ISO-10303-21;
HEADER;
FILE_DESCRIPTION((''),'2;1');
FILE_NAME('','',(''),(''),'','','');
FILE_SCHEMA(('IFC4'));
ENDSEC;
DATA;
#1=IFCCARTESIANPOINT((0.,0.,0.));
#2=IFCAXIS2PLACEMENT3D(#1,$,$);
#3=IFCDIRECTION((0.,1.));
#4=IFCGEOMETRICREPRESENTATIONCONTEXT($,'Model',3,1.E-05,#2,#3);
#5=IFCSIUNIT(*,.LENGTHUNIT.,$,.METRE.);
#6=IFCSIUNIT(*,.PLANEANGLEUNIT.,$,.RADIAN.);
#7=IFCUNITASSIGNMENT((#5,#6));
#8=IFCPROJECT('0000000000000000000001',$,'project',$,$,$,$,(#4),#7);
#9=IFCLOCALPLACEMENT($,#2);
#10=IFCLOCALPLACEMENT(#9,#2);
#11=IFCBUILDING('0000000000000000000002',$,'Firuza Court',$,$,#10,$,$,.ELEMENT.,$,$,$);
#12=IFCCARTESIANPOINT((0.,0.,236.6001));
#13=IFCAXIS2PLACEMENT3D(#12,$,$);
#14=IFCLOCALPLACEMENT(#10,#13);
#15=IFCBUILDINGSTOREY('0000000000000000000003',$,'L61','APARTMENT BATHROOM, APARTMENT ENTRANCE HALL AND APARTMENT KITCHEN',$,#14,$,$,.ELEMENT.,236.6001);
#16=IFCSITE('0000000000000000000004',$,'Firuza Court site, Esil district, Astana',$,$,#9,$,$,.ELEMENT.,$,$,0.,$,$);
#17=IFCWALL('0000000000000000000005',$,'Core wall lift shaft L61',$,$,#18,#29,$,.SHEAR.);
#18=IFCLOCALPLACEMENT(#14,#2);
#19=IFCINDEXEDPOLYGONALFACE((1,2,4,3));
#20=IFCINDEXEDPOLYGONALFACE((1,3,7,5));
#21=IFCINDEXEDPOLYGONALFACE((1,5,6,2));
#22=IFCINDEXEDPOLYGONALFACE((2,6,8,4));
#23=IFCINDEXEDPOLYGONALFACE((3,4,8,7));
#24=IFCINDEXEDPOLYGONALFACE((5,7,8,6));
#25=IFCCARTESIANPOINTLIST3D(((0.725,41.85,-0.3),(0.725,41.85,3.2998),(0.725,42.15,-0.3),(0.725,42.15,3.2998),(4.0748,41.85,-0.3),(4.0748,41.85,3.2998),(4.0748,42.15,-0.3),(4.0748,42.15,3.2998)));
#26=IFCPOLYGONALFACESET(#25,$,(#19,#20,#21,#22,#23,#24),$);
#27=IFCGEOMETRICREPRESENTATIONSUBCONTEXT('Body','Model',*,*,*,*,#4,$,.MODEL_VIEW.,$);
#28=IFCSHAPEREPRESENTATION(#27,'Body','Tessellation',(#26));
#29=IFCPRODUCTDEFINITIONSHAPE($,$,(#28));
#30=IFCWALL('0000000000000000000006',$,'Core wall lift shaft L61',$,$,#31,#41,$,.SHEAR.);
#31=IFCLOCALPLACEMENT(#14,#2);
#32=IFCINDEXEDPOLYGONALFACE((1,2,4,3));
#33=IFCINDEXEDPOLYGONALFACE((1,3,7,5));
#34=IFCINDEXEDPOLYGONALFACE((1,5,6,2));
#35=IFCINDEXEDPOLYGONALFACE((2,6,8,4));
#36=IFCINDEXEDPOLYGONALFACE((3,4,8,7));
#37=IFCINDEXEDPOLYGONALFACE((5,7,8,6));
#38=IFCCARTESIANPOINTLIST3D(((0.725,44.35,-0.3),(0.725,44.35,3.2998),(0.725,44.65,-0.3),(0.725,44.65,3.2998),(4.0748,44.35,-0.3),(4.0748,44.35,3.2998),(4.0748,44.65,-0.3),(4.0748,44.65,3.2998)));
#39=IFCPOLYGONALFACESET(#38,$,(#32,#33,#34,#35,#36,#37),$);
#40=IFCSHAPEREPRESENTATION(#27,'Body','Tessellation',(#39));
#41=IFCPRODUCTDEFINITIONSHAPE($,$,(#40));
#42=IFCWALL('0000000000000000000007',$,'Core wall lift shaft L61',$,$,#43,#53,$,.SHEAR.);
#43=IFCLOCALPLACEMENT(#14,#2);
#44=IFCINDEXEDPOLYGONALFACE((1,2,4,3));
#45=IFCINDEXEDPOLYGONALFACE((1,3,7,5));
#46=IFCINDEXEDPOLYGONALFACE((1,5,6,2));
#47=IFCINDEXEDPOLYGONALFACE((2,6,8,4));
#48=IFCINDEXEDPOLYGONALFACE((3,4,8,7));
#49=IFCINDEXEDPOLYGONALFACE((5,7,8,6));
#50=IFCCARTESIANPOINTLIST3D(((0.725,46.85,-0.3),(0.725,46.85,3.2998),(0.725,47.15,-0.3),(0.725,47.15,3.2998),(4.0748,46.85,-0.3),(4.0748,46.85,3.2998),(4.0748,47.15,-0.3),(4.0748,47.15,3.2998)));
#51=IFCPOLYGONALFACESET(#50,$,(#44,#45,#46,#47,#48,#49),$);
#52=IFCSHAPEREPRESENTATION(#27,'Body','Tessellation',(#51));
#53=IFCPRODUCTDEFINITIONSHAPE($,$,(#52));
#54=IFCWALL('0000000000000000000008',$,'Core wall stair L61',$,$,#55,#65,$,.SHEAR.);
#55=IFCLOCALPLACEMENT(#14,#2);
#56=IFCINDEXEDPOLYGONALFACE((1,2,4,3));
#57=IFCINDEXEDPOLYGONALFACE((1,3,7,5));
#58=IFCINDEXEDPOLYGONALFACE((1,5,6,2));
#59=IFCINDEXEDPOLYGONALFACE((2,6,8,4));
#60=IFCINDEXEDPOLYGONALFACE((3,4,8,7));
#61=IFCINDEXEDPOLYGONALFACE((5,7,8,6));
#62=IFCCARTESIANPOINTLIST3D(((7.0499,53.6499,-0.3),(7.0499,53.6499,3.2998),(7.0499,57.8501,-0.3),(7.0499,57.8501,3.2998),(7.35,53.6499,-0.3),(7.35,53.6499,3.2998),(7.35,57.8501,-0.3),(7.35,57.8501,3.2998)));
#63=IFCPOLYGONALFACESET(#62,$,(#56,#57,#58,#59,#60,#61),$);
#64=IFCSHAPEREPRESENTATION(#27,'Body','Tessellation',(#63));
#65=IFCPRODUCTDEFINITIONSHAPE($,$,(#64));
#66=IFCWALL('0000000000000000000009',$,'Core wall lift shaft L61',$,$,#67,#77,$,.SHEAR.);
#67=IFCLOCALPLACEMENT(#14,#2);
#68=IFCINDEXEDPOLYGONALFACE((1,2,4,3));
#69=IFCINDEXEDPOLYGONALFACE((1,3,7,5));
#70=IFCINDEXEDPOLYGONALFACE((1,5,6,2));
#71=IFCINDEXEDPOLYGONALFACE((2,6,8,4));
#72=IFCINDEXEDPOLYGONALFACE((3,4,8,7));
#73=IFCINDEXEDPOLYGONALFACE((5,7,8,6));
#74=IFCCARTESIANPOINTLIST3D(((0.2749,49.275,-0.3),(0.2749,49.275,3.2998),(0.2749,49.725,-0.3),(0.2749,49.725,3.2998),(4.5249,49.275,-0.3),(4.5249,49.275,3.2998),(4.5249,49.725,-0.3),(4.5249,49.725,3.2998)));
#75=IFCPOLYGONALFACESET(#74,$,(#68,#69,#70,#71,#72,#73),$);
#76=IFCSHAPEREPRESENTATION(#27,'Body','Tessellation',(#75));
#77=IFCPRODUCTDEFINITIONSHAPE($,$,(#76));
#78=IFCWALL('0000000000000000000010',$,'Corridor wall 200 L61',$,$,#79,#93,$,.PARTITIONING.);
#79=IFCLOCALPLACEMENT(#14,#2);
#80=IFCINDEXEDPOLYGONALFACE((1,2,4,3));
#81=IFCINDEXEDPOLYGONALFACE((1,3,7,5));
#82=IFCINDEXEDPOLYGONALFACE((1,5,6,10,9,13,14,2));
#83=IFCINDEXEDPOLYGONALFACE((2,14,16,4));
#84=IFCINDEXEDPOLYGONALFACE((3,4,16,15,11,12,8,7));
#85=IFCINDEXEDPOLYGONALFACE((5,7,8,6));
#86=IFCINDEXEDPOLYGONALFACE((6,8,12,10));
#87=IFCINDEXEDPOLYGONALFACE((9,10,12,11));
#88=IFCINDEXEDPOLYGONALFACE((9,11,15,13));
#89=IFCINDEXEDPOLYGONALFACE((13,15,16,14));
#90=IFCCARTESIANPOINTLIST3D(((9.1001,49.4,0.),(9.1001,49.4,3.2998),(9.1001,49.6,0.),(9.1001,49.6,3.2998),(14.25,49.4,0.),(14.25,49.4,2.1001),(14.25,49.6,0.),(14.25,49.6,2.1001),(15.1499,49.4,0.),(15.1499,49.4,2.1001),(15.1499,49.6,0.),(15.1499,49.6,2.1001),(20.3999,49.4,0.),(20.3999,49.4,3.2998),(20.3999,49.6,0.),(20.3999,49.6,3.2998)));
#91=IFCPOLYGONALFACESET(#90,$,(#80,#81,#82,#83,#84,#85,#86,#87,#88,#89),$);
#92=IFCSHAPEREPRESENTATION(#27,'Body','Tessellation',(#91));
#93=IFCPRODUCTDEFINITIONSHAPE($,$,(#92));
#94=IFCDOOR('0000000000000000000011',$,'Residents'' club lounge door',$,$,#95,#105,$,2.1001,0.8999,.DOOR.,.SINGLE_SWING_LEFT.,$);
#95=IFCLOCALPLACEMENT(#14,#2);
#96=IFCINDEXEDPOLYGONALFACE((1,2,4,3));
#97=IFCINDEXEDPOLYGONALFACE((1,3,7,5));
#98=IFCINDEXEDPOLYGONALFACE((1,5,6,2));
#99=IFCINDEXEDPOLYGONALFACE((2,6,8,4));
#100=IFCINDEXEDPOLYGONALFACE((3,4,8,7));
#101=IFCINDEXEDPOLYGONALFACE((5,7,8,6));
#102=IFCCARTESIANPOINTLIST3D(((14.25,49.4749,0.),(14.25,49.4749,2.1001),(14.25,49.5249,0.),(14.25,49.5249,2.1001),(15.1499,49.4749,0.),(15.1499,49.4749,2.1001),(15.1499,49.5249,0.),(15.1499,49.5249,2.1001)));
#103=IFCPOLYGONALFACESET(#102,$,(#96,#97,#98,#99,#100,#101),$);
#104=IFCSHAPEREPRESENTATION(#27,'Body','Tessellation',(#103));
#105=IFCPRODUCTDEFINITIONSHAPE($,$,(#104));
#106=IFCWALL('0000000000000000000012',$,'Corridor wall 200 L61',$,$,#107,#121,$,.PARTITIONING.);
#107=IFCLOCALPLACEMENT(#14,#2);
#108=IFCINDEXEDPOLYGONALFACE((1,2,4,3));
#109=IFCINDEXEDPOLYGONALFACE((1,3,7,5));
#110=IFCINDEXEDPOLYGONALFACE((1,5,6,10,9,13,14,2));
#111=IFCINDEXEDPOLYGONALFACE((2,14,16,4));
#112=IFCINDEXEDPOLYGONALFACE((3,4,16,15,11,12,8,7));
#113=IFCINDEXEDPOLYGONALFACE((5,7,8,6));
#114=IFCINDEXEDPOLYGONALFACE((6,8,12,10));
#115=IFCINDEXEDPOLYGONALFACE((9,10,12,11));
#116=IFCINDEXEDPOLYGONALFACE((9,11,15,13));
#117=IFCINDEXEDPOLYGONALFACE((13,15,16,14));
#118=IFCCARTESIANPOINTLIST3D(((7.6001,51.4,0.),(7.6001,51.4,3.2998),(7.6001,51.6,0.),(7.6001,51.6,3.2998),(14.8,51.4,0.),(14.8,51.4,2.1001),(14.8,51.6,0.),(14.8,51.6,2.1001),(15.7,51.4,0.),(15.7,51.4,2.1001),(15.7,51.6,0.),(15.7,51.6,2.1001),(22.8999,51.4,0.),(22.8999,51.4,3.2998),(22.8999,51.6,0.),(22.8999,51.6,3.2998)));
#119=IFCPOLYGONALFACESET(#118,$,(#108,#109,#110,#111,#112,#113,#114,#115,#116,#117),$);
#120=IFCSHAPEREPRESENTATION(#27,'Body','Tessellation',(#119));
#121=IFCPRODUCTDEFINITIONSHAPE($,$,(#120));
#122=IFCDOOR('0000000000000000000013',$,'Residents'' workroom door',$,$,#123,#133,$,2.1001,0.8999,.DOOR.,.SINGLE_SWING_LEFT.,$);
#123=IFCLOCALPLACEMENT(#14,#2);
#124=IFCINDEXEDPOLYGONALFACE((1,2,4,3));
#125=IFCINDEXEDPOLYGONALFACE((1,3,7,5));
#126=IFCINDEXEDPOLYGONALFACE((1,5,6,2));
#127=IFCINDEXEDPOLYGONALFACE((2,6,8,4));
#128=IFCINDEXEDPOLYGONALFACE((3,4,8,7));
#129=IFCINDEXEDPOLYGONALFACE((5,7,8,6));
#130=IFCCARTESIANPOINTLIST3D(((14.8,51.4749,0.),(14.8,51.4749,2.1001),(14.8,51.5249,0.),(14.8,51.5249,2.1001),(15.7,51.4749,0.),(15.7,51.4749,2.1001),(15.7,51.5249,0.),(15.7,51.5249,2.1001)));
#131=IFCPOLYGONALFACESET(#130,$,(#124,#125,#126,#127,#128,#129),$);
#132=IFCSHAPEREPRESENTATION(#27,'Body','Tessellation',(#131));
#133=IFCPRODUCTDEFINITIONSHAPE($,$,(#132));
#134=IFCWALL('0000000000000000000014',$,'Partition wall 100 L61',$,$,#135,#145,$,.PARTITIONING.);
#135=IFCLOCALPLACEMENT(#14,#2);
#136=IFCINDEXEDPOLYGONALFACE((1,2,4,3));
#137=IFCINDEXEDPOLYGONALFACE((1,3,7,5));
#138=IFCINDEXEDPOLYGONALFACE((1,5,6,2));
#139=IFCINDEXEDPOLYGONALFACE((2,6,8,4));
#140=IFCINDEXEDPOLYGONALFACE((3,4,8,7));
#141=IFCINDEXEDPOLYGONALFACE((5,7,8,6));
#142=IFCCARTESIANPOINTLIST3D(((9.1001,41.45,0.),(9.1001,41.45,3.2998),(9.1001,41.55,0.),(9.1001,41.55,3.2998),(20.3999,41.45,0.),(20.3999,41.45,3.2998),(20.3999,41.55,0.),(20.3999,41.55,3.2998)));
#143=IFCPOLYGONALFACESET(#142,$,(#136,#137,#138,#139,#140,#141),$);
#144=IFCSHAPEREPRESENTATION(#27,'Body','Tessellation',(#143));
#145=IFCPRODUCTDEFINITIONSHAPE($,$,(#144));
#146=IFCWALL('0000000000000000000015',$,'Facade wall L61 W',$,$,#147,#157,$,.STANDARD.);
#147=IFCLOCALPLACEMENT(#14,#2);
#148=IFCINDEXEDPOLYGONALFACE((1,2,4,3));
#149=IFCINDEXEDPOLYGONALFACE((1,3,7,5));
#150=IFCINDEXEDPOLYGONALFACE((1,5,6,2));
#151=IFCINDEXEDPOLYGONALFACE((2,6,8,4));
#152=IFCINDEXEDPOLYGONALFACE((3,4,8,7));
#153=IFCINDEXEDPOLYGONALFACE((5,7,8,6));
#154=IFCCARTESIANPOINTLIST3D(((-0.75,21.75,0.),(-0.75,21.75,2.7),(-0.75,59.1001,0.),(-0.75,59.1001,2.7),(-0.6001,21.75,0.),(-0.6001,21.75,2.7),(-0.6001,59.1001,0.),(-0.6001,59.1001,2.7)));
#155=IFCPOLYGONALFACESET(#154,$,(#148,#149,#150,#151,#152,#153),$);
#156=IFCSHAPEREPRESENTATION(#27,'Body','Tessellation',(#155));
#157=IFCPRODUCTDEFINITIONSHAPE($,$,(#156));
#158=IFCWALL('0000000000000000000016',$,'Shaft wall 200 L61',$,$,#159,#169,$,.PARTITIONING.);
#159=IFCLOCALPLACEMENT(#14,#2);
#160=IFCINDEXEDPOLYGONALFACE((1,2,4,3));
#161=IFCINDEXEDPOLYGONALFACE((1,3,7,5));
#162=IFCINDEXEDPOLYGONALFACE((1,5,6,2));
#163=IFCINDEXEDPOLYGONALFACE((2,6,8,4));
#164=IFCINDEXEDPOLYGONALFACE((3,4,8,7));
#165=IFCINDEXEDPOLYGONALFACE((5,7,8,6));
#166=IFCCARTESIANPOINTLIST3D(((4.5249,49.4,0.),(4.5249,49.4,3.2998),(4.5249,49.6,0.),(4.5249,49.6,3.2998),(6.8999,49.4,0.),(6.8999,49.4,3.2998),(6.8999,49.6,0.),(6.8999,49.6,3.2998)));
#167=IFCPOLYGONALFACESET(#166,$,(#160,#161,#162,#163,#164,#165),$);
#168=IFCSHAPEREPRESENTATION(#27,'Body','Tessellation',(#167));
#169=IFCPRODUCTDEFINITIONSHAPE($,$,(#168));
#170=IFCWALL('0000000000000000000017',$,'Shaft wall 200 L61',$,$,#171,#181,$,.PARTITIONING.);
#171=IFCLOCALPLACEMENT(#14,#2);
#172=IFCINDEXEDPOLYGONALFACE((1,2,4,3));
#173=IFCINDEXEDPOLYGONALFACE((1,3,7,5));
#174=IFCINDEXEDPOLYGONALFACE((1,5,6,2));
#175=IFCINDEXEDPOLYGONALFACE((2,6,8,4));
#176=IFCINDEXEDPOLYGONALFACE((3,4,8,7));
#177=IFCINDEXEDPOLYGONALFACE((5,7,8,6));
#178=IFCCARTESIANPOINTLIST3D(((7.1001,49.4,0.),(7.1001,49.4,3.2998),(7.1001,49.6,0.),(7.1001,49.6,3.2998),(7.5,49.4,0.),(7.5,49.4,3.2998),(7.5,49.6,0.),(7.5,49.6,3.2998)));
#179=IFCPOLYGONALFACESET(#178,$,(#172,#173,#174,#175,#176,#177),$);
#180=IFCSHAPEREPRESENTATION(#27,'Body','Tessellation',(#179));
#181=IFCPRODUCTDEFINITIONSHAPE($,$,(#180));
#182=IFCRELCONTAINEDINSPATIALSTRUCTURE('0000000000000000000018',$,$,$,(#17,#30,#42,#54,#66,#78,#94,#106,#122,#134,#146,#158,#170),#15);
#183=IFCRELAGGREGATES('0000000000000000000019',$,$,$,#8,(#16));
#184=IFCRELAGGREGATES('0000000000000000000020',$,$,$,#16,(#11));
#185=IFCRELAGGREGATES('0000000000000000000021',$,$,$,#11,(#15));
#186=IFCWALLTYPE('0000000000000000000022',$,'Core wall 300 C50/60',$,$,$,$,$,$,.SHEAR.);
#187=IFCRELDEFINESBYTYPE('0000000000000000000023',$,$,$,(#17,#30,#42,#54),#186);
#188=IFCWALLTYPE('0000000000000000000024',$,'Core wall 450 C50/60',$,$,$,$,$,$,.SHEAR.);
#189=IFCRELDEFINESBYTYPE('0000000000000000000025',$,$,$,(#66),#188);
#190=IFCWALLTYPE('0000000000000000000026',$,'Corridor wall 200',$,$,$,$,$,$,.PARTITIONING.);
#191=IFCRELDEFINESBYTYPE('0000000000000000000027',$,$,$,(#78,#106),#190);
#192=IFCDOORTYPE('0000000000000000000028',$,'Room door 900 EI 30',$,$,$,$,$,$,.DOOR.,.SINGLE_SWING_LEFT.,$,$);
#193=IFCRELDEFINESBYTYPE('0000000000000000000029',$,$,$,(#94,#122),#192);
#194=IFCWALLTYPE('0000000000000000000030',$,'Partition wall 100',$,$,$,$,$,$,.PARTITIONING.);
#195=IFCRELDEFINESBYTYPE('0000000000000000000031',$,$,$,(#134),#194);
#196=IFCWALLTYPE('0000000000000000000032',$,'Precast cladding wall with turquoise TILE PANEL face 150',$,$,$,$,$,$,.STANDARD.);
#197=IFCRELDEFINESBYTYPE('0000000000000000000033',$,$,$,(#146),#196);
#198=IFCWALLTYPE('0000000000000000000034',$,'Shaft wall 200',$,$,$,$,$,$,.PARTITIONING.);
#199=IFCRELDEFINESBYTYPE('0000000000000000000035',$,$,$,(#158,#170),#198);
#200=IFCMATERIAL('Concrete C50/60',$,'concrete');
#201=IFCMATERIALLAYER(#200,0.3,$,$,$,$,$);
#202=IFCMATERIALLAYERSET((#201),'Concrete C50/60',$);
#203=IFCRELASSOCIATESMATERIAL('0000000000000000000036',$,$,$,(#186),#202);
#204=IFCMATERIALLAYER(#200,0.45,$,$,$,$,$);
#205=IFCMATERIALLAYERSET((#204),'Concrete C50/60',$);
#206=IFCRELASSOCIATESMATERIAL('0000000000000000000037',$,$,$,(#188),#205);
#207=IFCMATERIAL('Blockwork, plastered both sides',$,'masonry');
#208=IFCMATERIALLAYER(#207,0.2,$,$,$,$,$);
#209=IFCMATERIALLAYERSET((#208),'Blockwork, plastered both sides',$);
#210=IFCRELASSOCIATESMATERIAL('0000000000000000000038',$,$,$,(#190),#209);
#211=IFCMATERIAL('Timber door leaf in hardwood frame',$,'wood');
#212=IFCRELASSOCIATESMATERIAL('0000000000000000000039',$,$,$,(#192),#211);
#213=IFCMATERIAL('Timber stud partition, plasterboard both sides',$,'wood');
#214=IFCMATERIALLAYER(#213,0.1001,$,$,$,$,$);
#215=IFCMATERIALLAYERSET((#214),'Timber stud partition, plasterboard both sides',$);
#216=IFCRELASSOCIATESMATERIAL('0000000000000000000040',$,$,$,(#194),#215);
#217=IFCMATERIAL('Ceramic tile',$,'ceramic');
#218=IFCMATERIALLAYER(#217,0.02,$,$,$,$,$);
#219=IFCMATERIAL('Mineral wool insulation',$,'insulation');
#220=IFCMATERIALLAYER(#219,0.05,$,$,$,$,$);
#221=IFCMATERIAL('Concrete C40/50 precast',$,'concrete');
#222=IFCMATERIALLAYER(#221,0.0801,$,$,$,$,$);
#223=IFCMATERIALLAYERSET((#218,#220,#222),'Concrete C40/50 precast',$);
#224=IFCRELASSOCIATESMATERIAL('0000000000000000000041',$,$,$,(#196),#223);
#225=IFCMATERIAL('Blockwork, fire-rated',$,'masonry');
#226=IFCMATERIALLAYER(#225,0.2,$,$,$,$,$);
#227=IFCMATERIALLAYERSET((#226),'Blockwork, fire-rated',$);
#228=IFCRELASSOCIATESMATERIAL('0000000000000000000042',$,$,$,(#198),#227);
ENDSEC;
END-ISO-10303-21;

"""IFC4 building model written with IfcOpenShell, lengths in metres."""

from ifc_helpers import new_model, si_unit, direction, frame, frame_2d, origin, place, context, subcontext, project, spatial, rectangle, extrude, material, layer, layer_set, type_object, element, fill, save


model = new_model("IFC4")

# Units and contexts
model_context = context("Model", 3, precision=1e-05, world=origin(), true_north=direction((0.0, 1.0)))
body_context = subcontext(model_context, "Body", "Model", "MODEL_VIEW")
ifc_project = project(units=[si_unit("LENGTHUNIT", "METRE"), si_unit("PLANEANGLEUNIT", "RADIAN")], contexts=[model_context])

# Site, building, storey
site_placement = place(None, origin())
site = spatial("IfcSite", under=ifc_project, at=site_placement, Name="Firuza Court site, Esil district, Astana", CompositionType="ELEMENT", RefElevation=0.0)
building_placement = place(site_placement, origin())
building = spatial("IfcBuilding", under=site, at=building_placement, Name="Firuza Court", CompositionType="ELEMENT")
storey_placement = place(building_placement, frame((0.0, 0.0, 236.6001)))
storey = spatial("IfcBuildingStorey", under=building, at=storey_placement, Name="L61", Description="APARTMENT BATHROOM, APARTMENT ENTRANCE HALL AND APARTMENT KITCHEN", CompositionType="ELEMENT", Elevation=236.6001)

# Shared definitions
ifc_material_1 = material(Name="Concrete C50/60", Category="concrete")
ifc_layer_1 = layer(ifc_material_1, 0.3)
ifc_layer_set_1 = layer_set([ifc_layer_1], Name="Concrete C50/60")
wall_type_1 = type_object("IfcWallType", Name="Core wall 300 C50/60", PredefinedType="SHEAR", material=ifc_layer_set_1)

# Walls
for number, where, z_axis, x_axis, name in (
    (1, (0.7251, 42.0, -0.3), (0.0, 0.0, 1.0), (1.0, 0.0, 0.0), "Core wall lift shaft L61"),
    (2, (0.7251, 44.5, -0.3), (0.0, 0.0, 1.0), (1.0, 0.0, 0.0), "Core wall lift shaft L61"),
    (3, (0.7251, 47.0, -0.3), (0.0, 0.0, 1.0), (1.0, 0.0, 0.0), "Core wall lift shaft L61"),
):
    element("IfcWall", number, at=place(storey_placement, frame(where, z_axis=z_axis, x_axis=x_axis)), inside=storey, type_object=wall_type_1, Name=name, PredefinedType="SHEAR", context=body_context, shape_type="SweptSolid", body=[
        extrude(rectangle(XDim=3.3499, YDim=0.3, at=frame_2d((1.6748, 0.0))), origin(), (0.0, 0.0, 1.0), 3.5999),
    ])
wall_1_placement = place(storey_placement, frame((7.2, 53.6499, -0.3), z_axis=(0.0, 0.0, 1.0), x_axis=(0.0, 1.0, 0.0)))
element("IfcWall", 4, at=wall_1_placement, inside=storey, type_object=wall_type_1, Name="Core wall stair L61", PredefinedType="SHEAR", context=body_context, shape_type="SweptSolid", body=[
    extrude(rectangle(XDim=4.2002, YDim=0.3, at=frame_2d((2.1001, 0.0))), origin(), (0.0, 0.0, 1.0), 3.5999),
])
ifc_layer_2 = layer(ifc_material_1, 0.45)
ifc_layer_set_2 = layer_set([ifc_layer_2], Name="Concrete C50/60")
wall_type_2 = type_object("IfcWallType", Name="Core wall 450 C50/60", PredefinedType="SHEAR", material=ifc_layer_set_2)
wall_2_placement = place(storey_placement, frame((0.2749, 49.5, -0.3), z_axis=(0.0, 0.0, 1.0), x_axis=(1.0, 0.0, 0.0)))
element("IfcWall", 5, at=wall_2_placement, inside=storey, type_object=wall_type_2, Name="Core wall lift shaft L61", PredefinedType="SHEAR", context=body_context, shape_type="SweptSolid", body=[
    extrude(rectangle(XDim=4.25, YDim=0.45, at=frame_2d((2.125, 0.0))), origin(), (0.0, 0.0, 1.0), 3.5999),
])

# Walls, openings, doors
ifc_material_2 = material(Name="Blockwork, plastered both sides", Category="masonry")
ifc_layer_3 = layer(ifc_material_2, 0.2)
ifc_layer_set_3 = layer_set([ifc_layer_3], Name="Blockwork, plastered both sides")
wall_type_3 = type_object("IfcWallType", Name="Corridor wall 200", PredefinedType="PARTITIONING", material=ifc_layer_set_3)
wall_3_placement = place(storey_placement, frame((9.1001, 49.5, 0.0), z_axis=(0.0, 0.0, 1.0), x_axis=(1.0, 0.0, 0.0)))
wall_3 = element("IfcWall", 6, at=wall_3_placement, inside=storey, type_object=wall_type_3, Name="Corridor wall 200 L61", PredefinedType="PARTITIONING", context=body_context, shape_type="SweptSolid", body=[
    extrude(rectangle(XDim=11.2998, YDim=0.2, at=frame_2d((5.6499, 0.0))), origin(), (0.0, 0.0, 1.0), 3.2998),
])
opening_1_placement = place(wall_3_placement, frame((5.1499, 0.0, 0.0)))
opening_1 = element("IfcOpeningElement", 7, at=opening_1_placement, cuts=wall_3, PredefinedType="OPENING", context=body_context, shape_type="SweptSolid", body=[
    extrude(rectangle(XDim=0.8999, YDim=2.1001, at=frame_2d((0.45, 1.05))), frame((0.0, 0.1118, 0.0), z_axis=(0.0, -1.0, 0.0), x_axis=(1.0, 0.0, 0.0)), (0.0, 0.0, 1.0), 0.2239),
])
ifc_material_3 = material(Name="Timber door leaf in hardwood frame", Category="wood")
door_type_1 = type_object("IfcDoorType", Name="Room door 900 EI 30", OperationType="SINGLE_SWING_LEFT", PredefinedType="DOOR", material=ifc_material_3)
door_1_placement = place(opening_1_placement, origin())
door_1 = element("IfcDoor", 8, at=door_1_placement, inside=storey, type_object=door_type_1, Name="Residents' club lounge door", OperationType="SINGLE_SWING_LEFT", OverallHeight=2.1001, OverallWidth=0.8999, PredefinedType="DOOR", context=body_context, shape_type="SweptSolid", body=[
    extrude(rectangle(XDim=0.8999, YDim=2.1001, at=frame_2d((0.45, 1.05))), frame((0.0, 0.0249, 0.0), z_axis=(0.0, -1.0, 0.0), x_axis=(1.0, 0.0, 0.0)), (0.0, 0.0, 1.0), 0.05),
])
fill(opening_1, door_1)
wall_4_placement = place(storey_placement, frame((7.6001, 51.5, 0.0), z_axis=(0.0, 0.0, 1.0), x_axis=(1.0, 0.0, 0.0)))
wall_4 = element("IfcWall", 9, at=wall_4_placement, inside=storey, type_object=wall_type_3, Name="Corridor wall 200 L61", PredefinedType="PARTITIONING", context=body_context, shape_type="SweptSolid", body=[
    extrude(rectangle(XDim=15.2998, YDim=0.2, at=frame_2d((7.6499, 0.0))), origin(), (0.0, 0.0, 1.0), 3.2998),
])
opening_2_placement = place(wall_4_placement, frame((7.2, 0.0, 0.0)))
opening_2 = element("IfcOpeningElement", 10, at=opening_2_placement, cuts=wall_4, PredefinedType="OPENING", context=body_context, shape_type="SweptSolid", body=[
    extrude(rectangle(XDim=0.8999, YDim=2.1001, at=frame_2d((0.45, 1.05))), frame((0.0, 0.1118, 0.0), z_axis=(0.0, -1.0, 0.0), x_axis=(1.0, 0.0, 0.0)), (0.0, 0.0, 1.0), 0.2239),
])
door_2_placement = place(opening_2_placement, origin())
door_2 = element("IfcDoor", 11, at=door_2_placement, inside=storey, type_object=door_type_1, Name="Residents' workroom door", OperationType="SINGLE_SWING_LEFT", OverallHeight=2.1001, OverallWidth=0.8999, PredefinedType="DOOR", context=body_context, shape_type="SweptSolid", body=[
    extrude(rectangle(XDim=0.8999, YDim=2.1001, at=frame_2d((0.45, 1.05))), frame((0.0, 0.0249, 0.0), z_axis=(0.0, -1.0, 0.0), x_axis=(1.0, 0.0, 0.0)), (0.0, 0.0, 1.0), 0.05),
])
fill(opening_2, door_2)

# Walls
ifc_material_4 = material(Name="Timber stud partition, plasterboard both sides", Category="wood")
ifc_layer_4 = layer(ifc_material_4, 0.1001)
ifc_layer_set_4 = layer_set([ifc_layer_4], Name="Timber stud partition, plasterboard both sides")
wall_type_4 = type_object("IfcWallType", Name="Partition wall 100", PredefinedType="PARTITIONING", material=ifc_layer_set_4)
wall_5_placement = place(storey_placement, frame((9.1001, 41.5, 0.0), z_axis=(0.0, 0.0, 1.0), x_axis=(1.0, 0.0, 0.0)))
element("IfcWall", 12, at=wall_5_placement, inside=storey, type_object=wall_type_4, Name="Partition wall 100 L61", PredefinedType="PARTITIONING", context=body_context, shape_type="SweptSolid", body=[
    extrude(rectangle(XDim=11.2998, YDim=0.1001, at=frame_2d((5.6499, 0.0))), origin(), (0.0, 0.0, 1.0), 3.2998),
])
ifc_material_5 = material(Name="Ceramic tile", Category="ceramic")
ifc_layer_5 = layer(ifc_material_5, 0.02)
ifc_material_6 = material(Name="Mineral wool insulation", Category="insulation")
ifc_layer_6 = layer(ifc_material_6, 0.05)
ifc_material_7 = material(Name="Concrete C40/50 precast", Category="concrete")
ifc_layer_7 = layer(ifc_material_7, 0.0801)
ifc_layer_set_5 = layer_set([ifc_layer_5, ifc_layer_6, ifc_layer_7], Name="Concrete C40/50 precast")
wall_type_5 = type_object("IfcWallType", Name="Precast cladding wall with turquoise TILE PANEL face 150", PredefinedType="STANDARD", material=ifc_layer_set_5)
wall_6_placement = place(storey_placement, frame((-0.675, 59.1001, 0.0), z_axis=(0.0, 0.0, 1.0), x_axis=(0.0, -1.0, 0.0)))
element("IfcWall", 13, at=wall_6_placement, inside=storey, type_object=wall_type_5, Name="Facade wall L61 W", PredefinedType="STANDARD", context=body_context, shape_type="SweptSolid", body=[
    extrude(rectangle(XDim=37.3501, YDim=0.1499, at=frame_2d((18.675, 0.0))), origin(), (0.0, 0.0, 1.0), 2.7),
])
ifc_material_8 = material(Name="Blockwork, fire-rated", Category="masonry")
ifc_layer_8 = layer(ifc_material_8, 0.2)
ifc_layer_set_6 = layer_set([ifc_layer_8], Name="Blockwork, fire-rated")
wall_type_6 = type_object("IfcWallType", Name="Shaft wall 200", PredefinedType="PARTITIONING", material=ifc_layer_set_6)
wall_7_placement = place(storey_placement, frame((4.5249, 49.5, 0.0), z_axis=(0.0, 0.0, 1.0), x_axis=(1.0, 0.0, 0.0)))
element("IfcWall", 14, at=wall_7_placement, inside=storey, type_object=wall_type_6, Name="Shaft wall 200 L61", PredefinedType="PARTITIONING", context=body_context, shape_type="SweptSolid", body=[
    extrude(rectangle(XDim=2.375, YDim=0.2, at=frame_2d((1.1875, 0.0))), origin(), (0.0, 0.0, 1.0), 3.2998),
])
wall_8_placement = place(storey_placement, frame((7.1001, 49.5, 0.0), z_axis=(0.0, 0.0, 1.0), x_axis=(1.0, 0.0, 0.0)))
element("IfcWall", 15, at=wall_8_placement, inside=storey, type_object=wall_type_6, Name="Shaft wall 200 L61", PredefinedType="PARTITIONING", context=body_context, shape_type="SweptSolid", body=[
    extrude(rectangle(XDim=0.3999, YDim=0.2, at=frame_2d((0.2, 0.0))), origin(), (0.0, 0.0, 1.0), 3.2998),
])

save(model, "model.ifc")
